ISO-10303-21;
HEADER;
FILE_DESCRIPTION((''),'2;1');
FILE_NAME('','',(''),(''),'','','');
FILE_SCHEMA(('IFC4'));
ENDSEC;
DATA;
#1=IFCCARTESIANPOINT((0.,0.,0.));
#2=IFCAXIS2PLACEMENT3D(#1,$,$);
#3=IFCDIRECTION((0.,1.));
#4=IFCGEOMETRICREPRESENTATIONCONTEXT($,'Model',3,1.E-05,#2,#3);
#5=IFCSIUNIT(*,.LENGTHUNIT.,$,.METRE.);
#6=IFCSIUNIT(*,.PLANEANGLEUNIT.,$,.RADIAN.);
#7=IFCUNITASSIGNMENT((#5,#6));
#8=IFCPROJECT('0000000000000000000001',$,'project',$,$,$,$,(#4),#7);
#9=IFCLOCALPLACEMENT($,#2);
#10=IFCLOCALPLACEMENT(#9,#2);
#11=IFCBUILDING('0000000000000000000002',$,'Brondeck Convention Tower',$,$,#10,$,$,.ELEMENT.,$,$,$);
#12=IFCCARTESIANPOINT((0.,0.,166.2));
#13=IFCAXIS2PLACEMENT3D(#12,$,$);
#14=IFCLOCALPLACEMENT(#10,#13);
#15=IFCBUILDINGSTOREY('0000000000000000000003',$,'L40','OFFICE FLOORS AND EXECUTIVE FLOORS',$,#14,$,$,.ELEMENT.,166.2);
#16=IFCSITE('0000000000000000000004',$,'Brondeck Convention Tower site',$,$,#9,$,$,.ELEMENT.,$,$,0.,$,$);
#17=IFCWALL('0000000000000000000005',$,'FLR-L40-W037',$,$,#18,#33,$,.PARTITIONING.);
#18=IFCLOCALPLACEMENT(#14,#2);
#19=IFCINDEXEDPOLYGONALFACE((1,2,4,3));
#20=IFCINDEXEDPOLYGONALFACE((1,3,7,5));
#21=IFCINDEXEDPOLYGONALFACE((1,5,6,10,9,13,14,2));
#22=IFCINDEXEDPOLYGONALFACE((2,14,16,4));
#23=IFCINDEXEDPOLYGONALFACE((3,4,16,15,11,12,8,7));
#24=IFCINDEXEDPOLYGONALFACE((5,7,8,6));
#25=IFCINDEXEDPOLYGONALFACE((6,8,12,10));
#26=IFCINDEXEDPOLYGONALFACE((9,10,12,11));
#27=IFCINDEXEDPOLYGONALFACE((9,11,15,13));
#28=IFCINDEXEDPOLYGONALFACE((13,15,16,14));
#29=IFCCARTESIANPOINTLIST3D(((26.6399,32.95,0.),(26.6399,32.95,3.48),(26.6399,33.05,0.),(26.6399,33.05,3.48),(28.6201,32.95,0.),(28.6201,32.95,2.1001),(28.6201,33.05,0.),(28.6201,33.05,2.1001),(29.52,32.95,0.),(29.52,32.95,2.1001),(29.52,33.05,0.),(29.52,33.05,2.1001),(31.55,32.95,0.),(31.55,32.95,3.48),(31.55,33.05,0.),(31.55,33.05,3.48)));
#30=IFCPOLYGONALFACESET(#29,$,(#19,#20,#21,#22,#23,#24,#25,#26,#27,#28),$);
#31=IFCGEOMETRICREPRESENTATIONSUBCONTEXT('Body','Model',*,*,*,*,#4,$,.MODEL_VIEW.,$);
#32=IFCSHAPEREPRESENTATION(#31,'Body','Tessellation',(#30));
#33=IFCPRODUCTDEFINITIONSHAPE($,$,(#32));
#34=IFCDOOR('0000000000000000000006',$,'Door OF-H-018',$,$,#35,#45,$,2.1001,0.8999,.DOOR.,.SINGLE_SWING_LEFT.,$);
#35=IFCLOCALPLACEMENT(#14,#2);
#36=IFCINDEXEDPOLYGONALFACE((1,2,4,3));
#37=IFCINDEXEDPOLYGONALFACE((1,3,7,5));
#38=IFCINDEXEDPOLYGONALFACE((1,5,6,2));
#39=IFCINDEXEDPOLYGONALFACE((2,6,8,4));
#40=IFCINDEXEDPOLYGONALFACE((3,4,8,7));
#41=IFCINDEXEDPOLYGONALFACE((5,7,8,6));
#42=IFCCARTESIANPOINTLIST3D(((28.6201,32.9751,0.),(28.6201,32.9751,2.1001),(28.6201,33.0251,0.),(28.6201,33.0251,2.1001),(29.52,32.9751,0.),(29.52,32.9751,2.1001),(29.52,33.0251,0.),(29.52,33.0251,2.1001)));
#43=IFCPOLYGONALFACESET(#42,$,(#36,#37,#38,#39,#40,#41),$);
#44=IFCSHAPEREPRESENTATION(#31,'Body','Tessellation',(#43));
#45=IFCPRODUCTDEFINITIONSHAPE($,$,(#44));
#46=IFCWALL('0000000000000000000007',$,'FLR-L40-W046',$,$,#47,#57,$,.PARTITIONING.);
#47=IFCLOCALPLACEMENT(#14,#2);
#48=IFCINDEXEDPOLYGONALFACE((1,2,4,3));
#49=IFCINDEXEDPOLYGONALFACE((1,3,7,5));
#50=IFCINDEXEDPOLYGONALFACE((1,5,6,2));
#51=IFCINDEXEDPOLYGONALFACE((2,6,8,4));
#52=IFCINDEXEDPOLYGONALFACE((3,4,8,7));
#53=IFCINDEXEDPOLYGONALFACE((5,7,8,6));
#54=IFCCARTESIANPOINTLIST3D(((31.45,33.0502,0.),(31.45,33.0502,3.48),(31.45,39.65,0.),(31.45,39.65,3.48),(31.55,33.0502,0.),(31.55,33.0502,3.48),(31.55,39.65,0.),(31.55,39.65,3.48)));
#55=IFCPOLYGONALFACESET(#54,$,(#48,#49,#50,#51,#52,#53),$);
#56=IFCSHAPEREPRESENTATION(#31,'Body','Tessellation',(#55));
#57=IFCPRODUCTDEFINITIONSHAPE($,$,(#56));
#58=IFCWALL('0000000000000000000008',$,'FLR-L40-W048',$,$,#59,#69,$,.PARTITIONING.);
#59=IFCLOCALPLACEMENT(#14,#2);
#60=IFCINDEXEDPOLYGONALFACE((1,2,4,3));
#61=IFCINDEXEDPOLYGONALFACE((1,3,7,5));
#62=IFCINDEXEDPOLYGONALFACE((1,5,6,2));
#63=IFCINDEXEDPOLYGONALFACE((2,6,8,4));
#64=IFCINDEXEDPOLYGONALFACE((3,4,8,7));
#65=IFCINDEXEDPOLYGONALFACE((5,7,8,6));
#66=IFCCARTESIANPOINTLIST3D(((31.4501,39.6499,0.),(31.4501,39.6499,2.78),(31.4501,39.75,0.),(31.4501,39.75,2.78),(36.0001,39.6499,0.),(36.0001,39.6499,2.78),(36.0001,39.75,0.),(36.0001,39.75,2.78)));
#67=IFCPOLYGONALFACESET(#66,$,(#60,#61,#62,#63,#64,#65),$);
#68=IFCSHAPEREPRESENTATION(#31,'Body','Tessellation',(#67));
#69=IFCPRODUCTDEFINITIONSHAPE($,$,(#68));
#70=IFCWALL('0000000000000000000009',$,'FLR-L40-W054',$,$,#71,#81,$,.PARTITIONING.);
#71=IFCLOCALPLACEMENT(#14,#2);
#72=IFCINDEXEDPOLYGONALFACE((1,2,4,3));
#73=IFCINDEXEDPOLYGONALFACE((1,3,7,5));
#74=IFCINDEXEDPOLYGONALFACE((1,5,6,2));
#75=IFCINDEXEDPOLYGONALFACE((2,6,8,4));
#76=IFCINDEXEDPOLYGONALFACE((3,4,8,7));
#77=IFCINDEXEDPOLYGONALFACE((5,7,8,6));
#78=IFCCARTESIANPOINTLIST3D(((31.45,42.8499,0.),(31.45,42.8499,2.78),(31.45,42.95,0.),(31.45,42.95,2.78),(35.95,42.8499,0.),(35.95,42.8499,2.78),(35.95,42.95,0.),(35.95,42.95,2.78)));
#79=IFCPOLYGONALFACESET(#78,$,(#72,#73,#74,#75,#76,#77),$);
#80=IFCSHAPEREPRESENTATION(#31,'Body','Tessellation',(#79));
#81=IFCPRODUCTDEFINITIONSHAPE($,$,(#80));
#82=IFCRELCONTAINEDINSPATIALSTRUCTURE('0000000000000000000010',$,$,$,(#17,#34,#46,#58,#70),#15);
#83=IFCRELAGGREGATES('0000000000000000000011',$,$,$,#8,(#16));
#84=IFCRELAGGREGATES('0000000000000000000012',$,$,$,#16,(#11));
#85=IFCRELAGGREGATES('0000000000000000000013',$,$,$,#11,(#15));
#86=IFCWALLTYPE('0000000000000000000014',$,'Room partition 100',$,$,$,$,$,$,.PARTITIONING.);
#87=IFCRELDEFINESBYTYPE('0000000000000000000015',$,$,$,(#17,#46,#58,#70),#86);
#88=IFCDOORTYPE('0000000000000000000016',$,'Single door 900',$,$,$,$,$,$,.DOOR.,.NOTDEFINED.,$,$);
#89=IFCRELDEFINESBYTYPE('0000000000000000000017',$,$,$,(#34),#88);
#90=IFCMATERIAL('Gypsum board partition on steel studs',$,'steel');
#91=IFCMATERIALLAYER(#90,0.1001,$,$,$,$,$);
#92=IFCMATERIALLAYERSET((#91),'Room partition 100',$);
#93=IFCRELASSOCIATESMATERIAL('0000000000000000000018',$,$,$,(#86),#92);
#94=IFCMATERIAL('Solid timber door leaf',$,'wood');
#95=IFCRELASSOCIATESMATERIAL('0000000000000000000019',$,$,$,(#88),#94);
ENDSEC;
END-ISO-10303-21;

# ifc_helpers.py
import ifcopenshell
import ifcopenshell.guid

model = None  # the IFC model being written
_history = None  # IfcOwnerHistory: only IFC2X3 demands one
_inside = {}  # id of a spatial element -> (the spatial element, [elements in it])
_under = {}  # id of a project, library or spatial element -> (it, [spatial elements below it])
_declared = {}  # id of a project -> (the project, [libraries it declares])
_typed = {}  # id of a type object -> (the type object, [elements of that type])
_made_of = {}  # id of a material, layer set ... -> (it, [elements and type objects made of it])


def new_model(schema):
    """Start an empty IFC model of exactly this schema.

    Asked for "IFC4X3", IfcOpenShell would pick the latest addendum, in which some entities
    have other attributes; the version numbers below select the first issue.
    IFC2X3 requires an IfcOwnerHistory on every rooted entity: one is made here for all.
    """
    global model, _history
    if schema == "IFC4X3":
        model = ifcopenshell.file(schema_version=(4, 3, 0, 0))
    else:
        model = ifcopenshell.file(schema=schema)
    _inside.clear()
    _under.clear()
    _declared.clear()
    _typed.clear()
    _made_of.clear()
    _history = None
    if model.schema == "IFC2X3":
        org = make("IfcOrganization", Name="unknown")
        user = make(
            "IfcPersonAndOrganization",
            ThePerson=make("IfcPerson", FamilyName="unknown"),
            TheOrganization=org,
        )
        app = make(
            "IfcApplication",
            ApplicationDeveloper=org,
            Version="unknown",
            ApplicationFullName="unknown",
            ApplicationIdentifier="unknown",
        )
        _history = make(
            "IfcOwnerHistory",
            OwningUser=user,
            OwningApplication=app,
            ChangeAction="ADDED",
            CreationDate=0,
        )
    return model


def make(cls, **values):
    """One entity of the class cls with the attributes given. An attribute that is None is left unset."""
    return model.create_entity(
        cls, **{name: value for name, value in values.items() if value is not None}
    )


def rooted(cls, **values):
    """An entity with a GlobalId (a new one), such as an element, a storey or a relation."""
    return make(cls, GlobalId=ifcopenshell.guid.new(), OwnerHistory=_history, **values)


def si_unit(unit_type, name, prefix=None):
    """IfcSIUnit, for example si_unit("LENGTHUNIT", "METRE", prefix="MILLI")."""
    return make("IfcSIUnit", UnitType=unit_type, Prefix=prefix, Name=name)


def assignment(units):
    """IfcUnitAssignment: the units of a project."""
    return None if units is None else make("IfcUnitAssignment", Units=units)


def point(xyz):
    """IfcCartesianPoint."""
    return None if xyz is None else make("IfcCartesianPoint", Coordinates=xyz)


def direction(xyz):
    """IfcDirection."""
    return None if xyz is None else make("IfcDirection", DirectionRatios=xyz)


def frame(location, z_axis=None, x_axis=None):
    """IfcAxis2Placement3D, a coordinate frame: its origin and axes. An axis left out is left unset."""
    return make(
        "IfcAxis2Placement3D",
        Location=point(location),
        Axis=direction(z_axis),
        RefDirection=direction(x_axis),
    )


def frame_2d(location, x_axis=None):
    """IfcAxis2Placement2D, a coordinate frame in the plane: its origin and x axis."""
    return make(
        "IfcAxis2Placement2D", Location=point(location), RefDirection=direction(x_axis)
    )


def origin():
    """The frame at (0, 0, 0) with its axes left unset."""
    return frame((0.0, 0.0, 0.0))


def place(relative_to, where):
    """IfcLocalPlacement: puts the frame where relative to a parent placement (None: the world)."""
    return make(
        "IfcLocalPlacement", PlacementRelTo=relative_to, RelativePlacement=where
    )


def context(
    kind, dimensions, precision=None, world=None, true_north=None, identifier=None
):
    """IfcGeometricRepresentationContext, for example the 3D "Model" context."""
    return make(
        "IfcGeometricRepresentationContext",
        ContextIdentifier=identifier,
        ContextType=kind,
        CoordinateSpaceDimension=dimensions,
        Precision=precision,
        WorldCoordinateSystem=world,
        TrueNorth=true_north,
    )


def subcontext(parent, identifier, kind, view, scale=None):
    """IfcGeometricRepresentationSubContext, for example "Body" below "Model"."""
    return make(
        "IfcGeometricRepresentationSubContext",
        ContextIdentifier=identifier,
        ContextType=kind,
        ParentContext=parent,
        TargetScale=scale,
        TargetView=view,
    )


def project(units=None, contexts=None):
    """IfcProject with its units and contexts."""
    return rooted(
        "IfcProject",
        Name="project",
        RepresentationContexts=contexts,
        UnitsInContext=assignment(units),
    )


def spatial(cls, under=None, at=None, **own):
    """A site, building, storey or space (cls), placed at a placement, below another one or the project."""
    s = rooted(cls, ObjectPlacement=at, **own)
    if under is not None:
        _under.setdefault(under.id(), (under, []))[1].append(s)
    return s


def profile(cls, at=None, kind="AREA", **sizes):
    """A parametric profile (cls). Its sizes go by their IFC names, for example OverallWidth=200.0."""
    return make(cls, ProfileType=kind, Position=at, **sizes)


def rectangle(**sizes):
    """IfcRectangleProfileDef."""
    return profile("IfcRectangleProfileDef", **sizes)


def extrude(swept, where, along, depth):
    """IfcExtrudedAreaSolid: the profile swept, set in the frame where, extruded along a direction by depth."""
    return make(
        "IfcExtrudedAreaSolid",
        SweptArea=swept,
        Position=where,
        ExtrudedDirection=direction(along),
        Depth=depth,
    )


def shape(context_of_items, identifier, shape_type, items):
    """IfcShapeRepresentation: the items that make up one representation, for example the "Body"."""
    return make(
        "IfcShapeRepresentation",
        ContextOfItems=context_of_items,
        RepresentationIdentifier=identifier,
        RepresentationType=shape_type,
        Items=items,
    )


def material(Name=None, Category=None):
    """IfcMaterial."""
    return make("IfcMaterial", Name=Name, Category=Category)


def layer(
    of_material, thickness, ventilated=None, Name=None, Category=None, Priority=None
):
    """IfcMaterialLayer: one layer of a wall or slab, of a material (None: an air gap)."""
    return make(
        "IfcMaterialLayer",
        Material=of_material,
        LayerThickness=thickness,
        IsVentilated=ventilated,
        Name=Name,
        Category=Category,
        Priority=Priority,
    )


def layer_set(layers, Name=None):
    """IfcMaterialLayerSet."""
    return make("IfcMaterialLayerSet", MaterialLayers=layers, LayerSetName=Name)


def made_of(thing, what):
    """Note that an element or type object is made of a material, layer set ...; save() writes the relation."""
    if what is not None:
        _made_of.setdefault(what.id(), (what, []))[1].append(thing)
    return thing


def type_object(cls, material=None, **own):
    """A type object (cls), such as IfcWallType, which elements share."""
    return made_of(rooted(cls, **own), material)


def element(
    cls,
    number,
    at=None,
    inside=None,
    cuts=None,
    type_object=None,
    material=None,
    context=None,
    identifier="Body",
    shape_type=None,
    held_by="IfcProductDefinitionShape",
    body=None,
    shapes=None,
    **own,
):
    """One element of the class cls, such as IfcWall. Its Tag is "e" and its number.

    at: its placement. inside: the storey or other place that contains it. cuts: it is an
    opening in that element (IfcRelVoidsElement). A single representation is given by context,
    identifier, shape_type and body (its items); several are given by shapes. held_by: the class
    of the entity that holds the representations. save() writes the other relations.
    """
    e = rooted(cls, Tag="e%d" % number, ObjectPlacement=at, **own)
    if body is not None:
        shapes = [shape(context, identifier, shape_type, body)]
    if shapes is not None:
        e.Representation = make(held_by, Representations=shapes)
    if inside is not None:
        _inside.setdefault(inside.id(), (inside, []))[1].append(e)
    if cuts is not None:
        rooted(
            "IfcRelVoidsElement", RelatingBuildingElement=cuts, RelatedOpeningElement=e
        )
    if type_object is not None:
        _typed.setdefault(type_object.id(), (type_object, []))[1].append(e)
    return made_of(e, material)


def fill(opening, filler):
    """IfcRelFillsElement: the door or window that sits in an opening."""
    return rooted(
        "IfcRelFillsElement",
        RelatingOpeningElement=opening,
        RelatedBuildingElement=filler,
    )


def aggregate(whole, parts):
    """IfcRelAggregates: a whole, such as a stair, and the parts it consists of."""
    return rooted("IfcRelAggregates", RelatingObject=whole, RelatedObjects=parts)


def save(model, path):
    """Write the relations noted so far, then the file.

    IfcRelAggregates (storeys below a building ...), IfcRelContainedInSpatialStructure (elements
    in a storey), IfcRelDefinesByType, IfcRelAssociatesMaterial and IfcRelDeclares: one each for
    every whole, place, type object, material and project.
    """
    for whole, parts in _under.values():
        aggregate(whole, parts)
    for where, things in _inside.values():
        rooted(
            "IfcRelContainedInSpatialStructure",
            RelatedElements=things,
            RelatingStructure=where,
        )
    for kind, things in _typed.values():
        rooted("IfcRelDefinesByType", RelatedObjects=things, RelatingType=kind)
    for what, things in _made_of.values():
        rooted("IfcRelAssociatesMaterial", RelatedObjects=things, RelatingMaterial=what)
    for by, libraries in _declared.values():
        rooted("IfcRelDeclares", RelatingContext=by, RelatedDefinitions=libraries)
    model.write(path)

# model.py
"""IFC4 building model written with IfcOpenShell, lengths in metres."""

from ifc_helpers import new_model, si_unit, direction, frame, frame_2d, origin, place, context, subcontext, project, spatial, rectangle, extrude, material, layer, layer_set, type_object, element, fill, save


model = new_model("IFC4")

# Units and contexts
model_context = context("Model", 3, precision=1e-05, world=origin(), true_north=direction((0.0, 1.0)))
body_context = subcontext(model_context, "Body", "Model", "MODEL_VIEW")
ifc_project = project(units=[si_unit("LENGTHUNIT", "METRE"), si_unit("PLANEANGLEUNIT", "RADIAN")], contexts=[model_context])

# Site, building, storey
site_placement = place(None, origin())
site = spatial("IfcSite", under=ifc_project, at=site_placement, Name="Brondeck Convention Tower site", CompositionType="ELEMENT", RefElevation=0.0)
building_placement = place(site_placement, origin())
building = spatial("IfcBuilding", under=site, at=building_placement, Name="Brondeck Convention Tower", CompositionType="ELEMENT")
storey_placement = place(building_placement, frame((0.0, 0.0, 166.2)))
storey = spatial("IfcBuildingStorey", under=building, at=storey_placement, Name="L40", Description="OFFICE FLOORS AND EXECUTIVE FLOORS", CompositionType="ELEMENT", Elevation=166.2)

# Shared definitions
ifc_material_1 = material(Name="Gypsum board partition on steel studs", Category="steel")
ifc_layer_1 = layer(ifc_material_1, 0.1001)
ifc_layer_set_1 = layer_set([ifc_layer_1], Name="Room partition 100")
wall_type_1 = type_object("IfcWallType", Name="Room partition 100", PredefinedType="PARTITIONING", material=ifc_layer_set_1)

# Wall, opening, door
ifc_material_2 = material(Name="Solid timber door leaf", Category="wood")
door_type_1 = type_object("IfcDoorType", Name="Single door 900", OperationType="NOTDEFINED", PredefinedType="DOOR", material=ifc_material_2)
wall_1_placement = place(storey_placement, frame((31.55, 33.0, 0.0), z_axis=(0.0, 0.0, 1.0), x_axis=(-1.0, 0.0, 0.0)))
wall_1 = element("IfcWall", 1, at=wall_1_placement, inside=storey, type_object=wall_type_1, Name="FLR-L40-W037", PredefinedType="PARTITIONING", context=body_context, shape_type="SweptSolid", body=[
    extrude(rectangle(XDim=4.9102, YDim=0.1001, at=frame_2d((2.4551, 0.0))), origin(), (0.0, 0.0, 1.0), 3.48),
])
opening_1_placement = place(wall_1_placement, frame((2.03, 0.0, 0.0)))
opening_1 = element("IfcOpeningElement", 2, at=opening_1_placement, cuts=wall_1, PredefinedType="OPENING", context=body_context, shape_type="SweptSolid", body=[
    extrude(rectangle(XDim=0.8999, YDim=2.1001, at=frame_2d((0.45, 1.05))), frame((0.0, 0.0601, 0.0), z_axis=(0.0, -1.0, 0.0), x_axis=(1.0, 0.0, 0.0)), (0.0, 0.0, 1.0), 0.1201),
])
door_1_placement = place(opening_1_placement, origin())
door_1 = element("IfcDoor", 3, at=door_1_placement, inside=storey, type_object=door_type_1, Name="Door OF-H-018", OperationType="SINGLE_SWING_LEFT", OverallHeight=2.1001, OverallWidth=0.8999, PredefinedType="DOOR", context=body_context, shape_type="SweptSolid", body=[
    extrude(rectangle(XDim=0.8999, YDim=2.1001, at=frame_2d((0.45, 1.05))), frame((0.0, 0.0249, 0.0), z_axis=(0.0, -1.0, 0.0), x_axis=(1.0, 0.0, 0.0)), (0.0, 0.0, 1.0), 0.05),
])
fill(opening_1, door_1)

# Walls
wall_2_placement = place(storey_placement, frame((31.5, 39.6499, 0.0), z_axis=(0.0, 0.0, 1.0), x_axis=(0.0, -1.0, 0.0)))
element("IfcWall", 4, at=wall_2_placement, inside=storey, type_object=wall_type_1, Name="FLR-L40-W046", PredefinedType="PARTITIONING", context=body_context, shape_type="SweptSolid", body=[
    extrude(rectangle(XDim=6.5999, YDim=0.1001, at=frame_2d((3.2998, 0.0))), origin(), (0.0, 0.0, 1.0), 3.48),
])
wall_3_placement = place(storey_placement, frame((36.0, 39.7, 0.0), z_axis=(0.0, 0.0, 1.0), x_axis=(-1.0, 0.0, 0.0)))
element("IfcWall", 5, at=wall_3_placement, inside=storey, type_object=wall_type_1, Name="FLR-L40-W048", PredefinedType="PARTITIONING", context=body_context, shape_type="SweptSolid", body=[
    extrude(rectangle(XDim=4.55, YDim=0.1001, at=frame_2d((2.2749, 0.0))), origin(), (0.0, 0.0, 1.0), 2.78),
])
wall_4_placement = place(storey_placement, frame((31.45, 42.8999, 0.0), z_axis=(0.0, 0.0, 1.0), x_axis=(1.0, 0.0, 0.0)))
element("IfcWall", 6, at=wall_4_placement, inside=storey, type_object=wall_type_1, Name="FLR-L40-W054", PredefinedType="PARTITIONING", context=body_context, shape_type="SweptSolid", body=[
    extrude(rectangle(XDim=4.5, YDim=0.1001, at=frame_2d((2.25, 0.0))), origin(), (0.0, 0.0, 1.0), 2.78),
])

save(model, "model.ifc")
